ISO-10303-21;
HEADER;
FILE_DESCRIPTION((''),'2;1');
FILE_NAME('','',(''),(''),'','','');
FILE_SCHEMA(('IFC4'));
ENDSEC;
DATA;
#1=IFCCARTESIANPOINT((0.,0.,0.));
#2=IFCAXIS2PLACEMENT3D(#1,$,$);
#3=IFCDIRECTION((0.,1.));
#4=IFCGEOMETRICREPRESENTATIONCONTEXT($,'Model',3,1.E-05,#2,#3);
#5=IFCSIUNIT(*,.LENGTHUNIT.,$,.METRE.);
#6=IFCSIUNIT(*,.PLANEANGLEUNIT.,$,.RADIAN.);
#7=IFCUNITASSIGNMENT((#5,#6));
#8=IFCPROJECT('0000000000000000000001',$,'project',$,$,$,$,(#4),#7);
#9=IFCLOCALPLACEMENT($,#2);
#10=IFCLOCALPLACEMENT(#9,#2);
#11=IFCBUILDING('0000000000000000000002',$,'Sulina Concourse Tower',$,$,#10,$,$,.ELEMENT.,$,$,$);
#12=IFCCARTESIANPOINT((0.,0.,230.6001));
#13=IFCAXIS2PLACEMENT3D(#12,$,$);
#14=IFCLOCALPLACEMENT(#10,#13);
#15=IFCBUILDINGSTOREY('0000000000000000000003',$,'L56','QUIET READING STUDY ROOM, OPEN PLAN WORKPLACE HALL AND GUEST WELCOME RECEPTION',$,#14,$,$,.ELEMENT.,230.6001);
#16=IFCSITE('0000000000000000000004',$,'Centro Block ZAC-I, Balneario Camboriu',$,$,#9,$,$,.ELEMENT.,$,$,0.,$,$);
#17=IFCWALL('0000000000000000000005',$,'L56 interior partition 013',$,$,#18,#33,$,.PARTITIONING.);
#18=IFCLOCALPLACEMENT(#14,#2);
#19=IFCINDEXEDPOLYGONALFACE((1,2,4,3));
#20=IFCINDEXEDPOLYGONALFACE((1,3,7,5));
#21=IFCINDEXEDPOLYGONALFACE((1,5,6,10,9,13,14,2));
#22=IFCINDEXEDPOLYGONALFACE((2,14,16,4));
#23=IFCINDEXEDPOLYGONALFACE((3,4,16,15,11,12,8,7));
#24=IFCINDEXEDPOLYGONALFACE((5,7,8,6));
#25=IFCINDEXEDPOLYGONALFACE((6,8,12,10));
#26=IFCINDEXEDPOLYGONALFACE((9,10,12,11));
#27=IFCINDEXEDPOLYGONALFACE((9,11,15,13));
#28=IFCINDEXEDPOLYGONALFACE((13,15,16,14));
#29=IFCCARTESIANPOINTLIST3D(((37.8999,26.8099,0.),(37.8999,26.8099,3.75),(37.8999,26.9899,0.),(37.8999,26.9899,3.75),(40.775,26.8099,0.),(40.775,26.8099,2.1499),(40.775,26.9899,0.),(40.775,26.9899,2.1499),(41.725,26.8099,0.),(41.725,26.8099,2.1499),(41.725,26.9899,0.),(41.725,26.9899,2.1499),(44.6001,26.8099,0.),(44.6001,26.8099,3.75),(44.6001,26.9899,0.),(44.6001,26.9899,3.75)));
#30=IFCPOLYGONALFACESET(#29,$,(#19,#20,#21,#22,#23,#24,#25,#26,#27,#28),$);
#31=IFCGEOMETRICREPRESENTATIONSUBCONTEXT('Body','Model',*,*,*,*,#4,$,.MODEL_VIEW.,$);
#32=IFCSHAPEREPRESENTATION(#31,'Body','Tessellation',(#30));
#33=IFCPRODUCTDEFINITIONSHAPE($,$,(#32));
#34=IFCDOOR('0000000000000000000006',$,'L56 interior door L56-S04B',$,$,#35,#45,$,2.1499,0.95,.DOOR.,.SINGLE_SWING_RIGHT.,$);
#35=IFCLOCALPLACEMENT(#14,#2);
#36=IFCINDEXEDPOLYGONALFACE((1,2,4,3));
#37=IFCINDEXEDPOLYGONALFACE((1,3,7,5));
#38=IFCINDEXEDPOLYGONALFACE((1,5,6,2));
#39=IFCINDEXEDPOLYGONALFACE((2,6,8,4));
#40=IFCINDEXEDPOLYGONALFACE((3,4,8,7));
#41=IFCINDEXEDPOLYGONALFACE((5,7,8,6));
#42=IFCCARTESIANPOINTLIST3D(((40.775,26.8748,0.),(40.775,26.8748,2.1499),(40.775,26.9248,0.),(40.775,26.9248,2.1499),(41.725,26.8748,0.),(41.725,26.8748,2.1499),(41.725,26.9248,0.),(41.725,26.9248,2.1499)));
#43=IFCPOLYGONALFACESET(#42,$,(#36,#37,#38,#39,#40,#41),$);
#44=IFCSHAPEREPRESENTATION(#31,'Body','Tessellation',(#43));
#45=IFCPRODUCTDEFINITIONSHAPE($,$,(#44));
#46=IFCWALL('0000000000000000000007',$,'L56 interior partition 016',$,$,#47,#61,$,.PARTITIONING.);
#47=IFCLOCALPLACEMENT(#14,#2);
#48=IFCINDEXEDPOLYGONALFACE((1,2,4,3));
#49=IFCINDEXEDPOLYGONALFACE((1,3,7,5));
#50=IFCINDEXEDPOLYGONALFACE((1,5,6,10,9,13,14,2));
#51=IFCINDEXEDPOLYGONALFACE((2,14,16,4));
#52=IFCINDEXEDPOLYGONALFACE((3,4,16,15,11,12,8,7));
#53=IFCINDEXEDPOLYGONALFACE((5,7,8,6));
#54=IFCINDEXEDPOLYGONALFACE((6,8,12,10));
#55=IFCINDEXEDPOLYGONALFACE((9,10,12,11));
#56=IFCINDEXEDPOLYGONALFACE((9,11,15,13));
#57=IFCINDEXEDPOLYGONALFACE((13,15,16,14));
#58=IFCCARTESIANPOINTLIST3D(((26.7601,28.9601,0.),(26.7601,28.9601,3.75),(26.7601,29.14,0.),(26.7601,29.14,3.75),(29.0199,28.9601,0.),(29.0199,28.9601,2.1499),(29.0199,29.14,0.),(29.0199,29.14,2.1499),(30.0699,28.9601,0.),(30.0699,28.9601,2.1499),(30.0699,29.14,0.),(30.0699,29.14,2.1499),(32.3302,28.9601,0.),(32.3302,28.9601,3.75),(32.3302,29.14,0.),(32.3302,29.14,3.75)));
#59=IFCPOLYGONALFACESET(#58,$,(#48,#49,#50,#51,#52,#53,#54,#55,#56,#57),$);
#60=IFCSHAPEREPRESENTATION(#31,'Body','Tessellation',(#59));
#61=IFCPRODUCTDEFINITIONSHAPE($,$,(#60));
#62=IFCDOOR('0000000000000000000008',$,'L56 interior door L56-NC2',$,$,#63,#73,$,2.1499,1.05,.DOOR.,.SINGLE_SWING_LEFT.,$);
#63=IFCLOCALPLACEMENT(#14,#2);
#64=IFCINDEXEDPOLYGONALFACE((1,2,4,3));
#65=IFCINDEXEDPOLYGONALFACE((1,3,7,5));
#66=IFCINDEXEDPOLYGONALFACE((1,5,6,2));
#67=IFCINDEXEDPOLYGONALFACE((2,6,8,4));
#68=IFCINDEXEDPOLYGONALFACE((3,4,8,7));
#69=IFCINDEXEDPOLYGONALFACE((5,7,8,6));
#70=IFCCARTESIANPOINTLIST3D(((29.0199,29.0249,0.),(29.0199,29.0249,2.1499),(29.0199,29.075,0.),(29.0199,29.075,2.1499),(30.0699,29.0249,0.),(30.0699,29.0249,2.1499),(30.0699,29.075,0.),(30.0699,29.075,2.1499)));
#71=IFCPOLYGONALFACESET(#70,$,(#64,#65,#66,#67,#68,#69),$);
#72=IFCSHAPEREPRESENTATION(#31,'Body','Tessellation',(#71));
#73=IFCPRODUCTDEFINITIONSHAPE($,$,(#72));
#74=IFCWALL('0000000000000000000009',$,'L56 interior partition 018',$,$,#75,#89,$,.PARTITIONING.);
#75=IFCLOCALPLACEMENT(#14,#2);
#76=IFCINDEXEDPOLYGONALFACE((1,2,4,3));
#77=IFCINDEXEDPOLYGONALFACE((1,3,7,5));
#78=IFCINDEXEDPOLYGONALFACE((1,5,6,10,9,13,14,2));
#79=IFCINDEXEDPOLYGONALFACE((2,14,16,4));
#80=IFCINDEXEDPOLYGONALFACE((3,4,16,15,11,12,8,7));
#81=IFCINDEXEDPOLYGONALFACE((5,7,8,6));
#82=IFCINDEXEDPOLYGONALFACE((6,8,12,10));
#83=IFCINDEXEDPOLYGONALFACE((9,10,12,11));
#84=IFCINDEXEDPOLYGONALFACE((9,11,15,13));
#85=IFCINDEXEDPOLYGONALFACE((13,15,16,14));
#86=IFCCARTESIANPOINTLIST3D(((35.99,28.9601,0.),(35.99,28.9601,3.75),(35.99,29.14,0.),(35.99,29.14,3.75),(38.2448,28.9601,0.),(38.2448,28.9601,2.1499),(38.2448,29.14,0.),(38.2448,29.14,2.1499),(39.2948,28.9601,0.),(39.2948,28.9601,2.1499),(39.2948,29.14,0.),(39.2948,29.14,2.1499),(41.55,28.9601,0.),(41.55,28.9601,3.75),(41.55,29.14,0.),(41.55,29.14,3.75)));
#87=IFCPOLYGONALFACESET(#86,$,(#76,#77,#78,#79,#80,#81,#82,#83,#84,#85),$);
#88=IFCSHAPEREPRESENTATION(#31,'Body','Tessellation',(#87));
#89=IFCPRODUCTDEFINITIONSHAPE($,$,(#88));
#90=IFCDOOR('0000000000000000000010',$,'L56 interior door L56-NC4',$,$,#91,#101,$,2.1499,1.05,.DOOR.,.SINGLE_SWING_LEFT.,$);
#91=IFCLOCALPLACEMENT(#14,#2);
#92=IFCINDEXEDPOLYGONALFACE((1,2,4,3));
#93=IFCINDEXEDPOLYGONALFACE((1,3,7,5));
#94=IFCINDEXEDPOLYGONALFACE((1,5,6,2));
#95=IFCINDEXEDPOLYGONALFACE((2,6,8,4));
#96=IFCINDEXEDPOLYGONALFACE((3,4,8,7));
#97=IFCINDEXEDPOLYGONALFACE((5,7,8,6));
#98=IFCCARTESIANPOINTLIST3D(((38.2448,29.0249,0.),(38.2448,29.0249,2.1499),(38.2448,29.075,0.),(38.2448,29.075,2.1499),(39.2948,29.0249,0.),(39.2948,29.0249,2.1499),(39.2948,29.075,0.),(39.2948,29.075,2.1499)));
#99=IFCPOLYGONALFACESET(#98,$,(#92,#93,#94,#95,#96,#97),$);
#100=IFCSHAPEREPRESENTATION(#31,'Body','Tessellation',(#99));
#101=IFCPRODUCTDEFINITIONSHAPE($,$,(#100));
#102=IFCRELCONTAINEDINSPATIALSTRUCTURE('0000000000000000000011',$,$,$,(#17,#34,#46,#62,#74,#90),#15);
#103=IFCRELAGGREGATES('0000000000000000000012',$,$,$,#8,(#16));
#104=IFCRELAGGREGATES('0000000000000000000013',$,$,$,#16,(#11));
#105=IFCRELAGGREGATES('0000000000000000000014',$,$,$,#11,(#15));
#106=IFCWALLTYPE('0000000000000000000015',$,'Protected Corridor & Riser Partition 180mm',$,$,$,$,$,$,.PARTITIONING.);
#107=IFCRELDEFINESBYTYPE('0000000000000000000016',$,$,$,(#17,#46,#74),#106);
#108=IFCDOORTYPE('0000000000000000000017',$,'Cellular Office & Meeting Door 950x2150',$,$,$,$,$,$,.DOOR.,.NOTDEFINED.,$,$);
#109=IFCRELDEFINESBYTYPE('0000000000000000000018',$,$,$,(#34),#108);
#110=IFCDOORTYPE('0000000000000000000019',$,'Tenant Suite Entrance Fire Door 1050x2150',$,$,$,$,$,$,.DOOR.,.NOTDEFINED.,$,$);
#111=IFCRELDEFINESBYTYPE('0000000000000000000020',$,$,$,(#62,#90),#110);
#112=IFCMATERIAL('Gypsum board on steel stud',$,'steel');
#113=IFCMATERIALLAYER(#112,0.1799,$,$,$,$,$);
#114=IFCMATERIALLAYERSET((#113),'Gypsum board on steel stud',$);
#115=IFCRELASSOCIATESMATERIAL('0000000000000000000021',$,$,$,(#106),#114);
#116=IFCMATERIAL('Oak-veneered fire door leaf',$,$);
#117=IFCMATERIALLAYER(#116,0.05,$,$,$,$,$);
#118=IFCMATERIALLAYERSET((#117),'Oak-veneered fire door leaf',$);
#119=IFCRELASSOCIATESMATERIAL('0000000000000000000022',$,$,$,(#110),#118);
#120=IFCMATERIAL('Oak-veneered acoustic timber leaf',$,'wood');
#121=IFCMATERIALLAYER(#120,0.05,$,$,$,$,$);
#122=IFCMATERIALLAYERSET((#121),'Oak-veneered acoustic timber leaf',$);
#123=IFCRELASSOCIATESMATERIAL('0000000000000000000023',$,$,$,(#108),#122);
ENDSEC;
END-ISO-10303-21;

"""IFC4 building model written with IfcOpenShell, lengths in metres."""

from ifc_helpers import new_model, si_unit, direction, frame, frame_2d, origin, place, context, subcontext, project, spatial, rectangle, extrude, material, layer, layer_set, type_object, element, fill, save


model = new_model("IFC4")

# Units and contexts
model_context = context("Model", 3, precision=1e-05, world=origin(), true_north=direction((0.0, 1.0)))
body_context = subcontext(model_context, "Body", "Model", "MODEL_VIEW")
ifc_project = project(units=[si_unit("LENGTHUNIT", "METRE"), si_unit("PLANEANGLEUNIT", "RADIAN")], contexts=[model_context])

# Site, building, storey
site_placement = place(None, origin())
site = spatial("IfcSite", under=ifc_project, at=site_placement, Name="Centro Block ZAC-I, Balneario Camboriu", CompositionType="ELEMENT", RefElevation=0.0)
building_placement = place(site_placement, origin())
building = spatial("IfcBuilding", under=site, at=building_placement, Name="Sulina Concourse Tower", CompositionType="ELEMENT")
storey_placement = place(building_placement, frame((0.0, 0.0, 230.6001)))
storey = spatial("IfcBuildingStorey", under=building, at=storey_placement, Name="L56", Description="QUIET READING STUDY ROOM, OPEN PLAN WORKPLACE HALL AND GUEST WELCOME RECEPTION", CompositionType="ELEMENT", Elevation=230.6001)

# Walls, openings, doors
ifc_material_1 = material(Name="Gypsum board on steel stud", Category="steel")
ifc_layer_1 = layer(ifc_material_1, 0.1799)
ifc_layer_set_1 = layer_set([ifc_layer_1], Name="Gypsum board on steel stud")
wall_type_1 = type_object("IfcWallType", Name="Protected Corridor & Riser Partition 180mm", PredefinedType="PARTITIONING", material=ifc_layer_set_1)
ifc_material_2 = material(Name="Oak-veneered fire door leaf")
ifc_layer_2 = layer(ifc_material_2, 0.05)
ifc_layer_set_2 = layer_set([ifc_layer_2], Name="Oak-veneered fire door leaf")
door_type_1 = type_object("IfcDoorType", Name="Tenant Suite Entrance Fire Door 1050x2150", OperationType="NOTDEFINED", PredefinedType="DOOR", material=ifc_layer_set_2)
wall_1_placement = place(storey_placement, frame((37.8999, 26.8999, 0.0), z_axis=(0.0, 0.0, 1.0), x_axis=(1.0, 0.0, 0.0)))
wall_1 = element("IfcWall", 1, at=wall_1_placement, inside=storey, type_object=wall_type_1, Name="L56 interior partition 013", PredefinedType="PARTITIONING", context=body_context, shape_type="SweptSolid", body=[
    extrude(rectangle(XDim=6.7002, YDim=0.1799, at=frame_2d((3.3501, 0.0))), origin(), (0.0, 0.0, 1.0), 3.75),
])
opening_1_placement = place(wall_1_placement, frame((2.875, 0.0, 0.0)))
opening_1 = element("IfcOpeningElement", 2, at=opening_1_placement, cuts=wall_1, PredefinedType="OPENING", context=body_context, shape_type="SweptSolid", body=[
    extrude(rectangle(XDim=0.95, YDim=2.1499, at=frame_2d((0.4751, 1.075))), frame((0.0, 0.0999, 0.0), z_axis=(0.0, -1.0, 0.0), x_axis=(1.0, 0.0, 0.0)), (0.0, 0.0, 1.0), 0.2),
])
ifc_material_3 = material(Name="Oak-veneered acoustic timber leaf", Category="wood")
ifc_layer_3 = layer(ifc_material_3, 0.05)
ifc_layer_set_3 = layer_set([ifc_layer_3], Name="Oak-veneered acoustic timber leaf")
door_type_2 = type_object("IfcDoorType", Name="Cellular Office & Meeting Door 950x2150", OperationType="NOTDEFINED", PredefinedType="DOOR", material=ifc_layer_set_3)
door_1_placement = place(opening_1_placement, origin())
door_1 = element("IfcDoor", 3, at=door_1_placement, inside=storey, type_object=door_type_2, Name="L56 interior door L56-S04B", OperationType="SINGLE_SWING_RIGHT", OverallHeight=2.1499, OverallWidth=0.95, PredefinedType="DOOR", context=body_context, shape_type="SweptSolid", body=[
    extrude(rectangle(XDim=0.95, YDim=2.1499, at=frame_2d((0.4751, 1.075))), frame((0.0, 0.0249, 0.0), z_axis=(0.0, -1.0, 0.0), x_axis=(1.0, 0.0, 0.0)), (0.0, 0.0, 1.0), 0.05),
])
fill(opening_1, door_1)
wall_2_placement = place(storey_placement, frame((26.76, 29.05, 0.0), z_axis=(0.0, 0.0, 1.0), x_axis=(1.0, 0.0, 0.0)))
wall_2 = element("IfcWall", 4, at=wall_2_placement, inside=storey, type_object=wall_type_1, Name="L56 interior partition 016", PredefinedType="PARTITIONING", context=body_context, shape_type="SweptSolid", body=[
    extrude(rectangle(XDim=5.5701, YDim=0.1799, at=frame_2d((2.7852, 0.0))), origin(), (0.0, 0.0, 1.0), 3.75),
])
opening_2_placement = place(wall_2_placement, frame((2.26, 0.0, 0.0)))
opening_2 = element("IfcOpeningElement", 5, at=opening_2_placement, cuts=wall_2, PredefinedType="OPENING", context=body_context, shape_type="SweptSolid", body=[
    extrude(rectangle(XDim=1.05, YDim=2.1499, at=frame_2d((0.5249, 1.075))), frame((0.0, 0.0999, 0.0), z_axis=(0.0, -1.0, 0.0), x_axis=(1.0, 0.0, 0.0)), (0.0, 0.0, 1.0), 0.2),
])
door_2_placement = place(opening_2_placement, origin())
door_2 = element("IfcDoor", 6, at=door_2_placement, inside=storey, type_object=door_type_1, Name="L56 interior door L56-NC2", OperationType="SINGLE_SWING_LEFT", OverallHeight=2.1499, OverallWidth=1.05, PredefinedType="DOOR", context=body_context, shape_type="SweptSolid", body=[
    extrude(rectangle(XDim=1.05, YDim=2.1499, at=frame_2d((0.5249, 1.075))), frame((0.0, 0.0249, 0.0), z_axis=(0.0, -1.0, 0.0), x_axis=(1.0, 0.0, 0.0)), (0.0, 0.0, 1.0), 0.05),
])
fill(opening_2, door_2)
wall_3_placement = place(storey_placement, frame((35.99, 29.05, 0.0), z_axis=(0.0, 0.0, 1.0), x_axis=(1.0, 0.0, 0.0)))
wall_3 = element("IfcWall", 7, at=wall_3_placement, inside=storey, type_object=wall_type_1, Name="L56 interior partition 018", PredefinedType="PARTITIONING", context=body_context, shape_type="SweptSolid", body=[
    extrude(rectangle(XDim=5.5601, YDim=0.1799, at=frame_2d((2.78, 0.0))), origin(), (0.0, 0.0, 1.0), 3.75),
])
opening_3_placement = place(wall_3_placement, frame((2.2549, 0.0, 0.0)))
opening_3 = element("IfcOpeningElement", 8, at=opening_3_placement, cuts=wall_3, PredefinedType="OPENING", context=body_context, shape_type="SweptSolid", body=[
    extrude(rectangle(XDim=1.05, YDim=2.1499, at=frame_2d((0.5249, 1.075))), frame((0.0, 0.0999, 0.0), z_axis=(0.0, -1.0, 0.0), x_axis=(1.0, 0.0, 0.0)), (0.0, 0.0, 1.0), 0.2),
])
door_3_placement = place(opening_3_placement, origin())
door_3 = element("IfcDoor", 9, at=door_3_placement, inside=storey, type_object=door_type_1, Name="L56 interior door L56-NC4", OperationType="SINGLE_SWING_LEFT", OverallHeight=2.1499, OverallWidth=1.05, PredefinedType="DOOR", context=body_context, shape_type="SweptSolid", body=[
    extrude(rectangle(XDim=1.05, YDim=2.1499, at=frame_2d((0.5249, 1.075))), frame((0.0, 0.0249, 0.0), z_axis=(0.0, -1.0, 0.0), x_axis=(1.0, 0.0, 0.0)), (0.0, 0.0, 1.0), 0.05),
])
fill(opening_3, door_3)

save(model, "model.ifc")
